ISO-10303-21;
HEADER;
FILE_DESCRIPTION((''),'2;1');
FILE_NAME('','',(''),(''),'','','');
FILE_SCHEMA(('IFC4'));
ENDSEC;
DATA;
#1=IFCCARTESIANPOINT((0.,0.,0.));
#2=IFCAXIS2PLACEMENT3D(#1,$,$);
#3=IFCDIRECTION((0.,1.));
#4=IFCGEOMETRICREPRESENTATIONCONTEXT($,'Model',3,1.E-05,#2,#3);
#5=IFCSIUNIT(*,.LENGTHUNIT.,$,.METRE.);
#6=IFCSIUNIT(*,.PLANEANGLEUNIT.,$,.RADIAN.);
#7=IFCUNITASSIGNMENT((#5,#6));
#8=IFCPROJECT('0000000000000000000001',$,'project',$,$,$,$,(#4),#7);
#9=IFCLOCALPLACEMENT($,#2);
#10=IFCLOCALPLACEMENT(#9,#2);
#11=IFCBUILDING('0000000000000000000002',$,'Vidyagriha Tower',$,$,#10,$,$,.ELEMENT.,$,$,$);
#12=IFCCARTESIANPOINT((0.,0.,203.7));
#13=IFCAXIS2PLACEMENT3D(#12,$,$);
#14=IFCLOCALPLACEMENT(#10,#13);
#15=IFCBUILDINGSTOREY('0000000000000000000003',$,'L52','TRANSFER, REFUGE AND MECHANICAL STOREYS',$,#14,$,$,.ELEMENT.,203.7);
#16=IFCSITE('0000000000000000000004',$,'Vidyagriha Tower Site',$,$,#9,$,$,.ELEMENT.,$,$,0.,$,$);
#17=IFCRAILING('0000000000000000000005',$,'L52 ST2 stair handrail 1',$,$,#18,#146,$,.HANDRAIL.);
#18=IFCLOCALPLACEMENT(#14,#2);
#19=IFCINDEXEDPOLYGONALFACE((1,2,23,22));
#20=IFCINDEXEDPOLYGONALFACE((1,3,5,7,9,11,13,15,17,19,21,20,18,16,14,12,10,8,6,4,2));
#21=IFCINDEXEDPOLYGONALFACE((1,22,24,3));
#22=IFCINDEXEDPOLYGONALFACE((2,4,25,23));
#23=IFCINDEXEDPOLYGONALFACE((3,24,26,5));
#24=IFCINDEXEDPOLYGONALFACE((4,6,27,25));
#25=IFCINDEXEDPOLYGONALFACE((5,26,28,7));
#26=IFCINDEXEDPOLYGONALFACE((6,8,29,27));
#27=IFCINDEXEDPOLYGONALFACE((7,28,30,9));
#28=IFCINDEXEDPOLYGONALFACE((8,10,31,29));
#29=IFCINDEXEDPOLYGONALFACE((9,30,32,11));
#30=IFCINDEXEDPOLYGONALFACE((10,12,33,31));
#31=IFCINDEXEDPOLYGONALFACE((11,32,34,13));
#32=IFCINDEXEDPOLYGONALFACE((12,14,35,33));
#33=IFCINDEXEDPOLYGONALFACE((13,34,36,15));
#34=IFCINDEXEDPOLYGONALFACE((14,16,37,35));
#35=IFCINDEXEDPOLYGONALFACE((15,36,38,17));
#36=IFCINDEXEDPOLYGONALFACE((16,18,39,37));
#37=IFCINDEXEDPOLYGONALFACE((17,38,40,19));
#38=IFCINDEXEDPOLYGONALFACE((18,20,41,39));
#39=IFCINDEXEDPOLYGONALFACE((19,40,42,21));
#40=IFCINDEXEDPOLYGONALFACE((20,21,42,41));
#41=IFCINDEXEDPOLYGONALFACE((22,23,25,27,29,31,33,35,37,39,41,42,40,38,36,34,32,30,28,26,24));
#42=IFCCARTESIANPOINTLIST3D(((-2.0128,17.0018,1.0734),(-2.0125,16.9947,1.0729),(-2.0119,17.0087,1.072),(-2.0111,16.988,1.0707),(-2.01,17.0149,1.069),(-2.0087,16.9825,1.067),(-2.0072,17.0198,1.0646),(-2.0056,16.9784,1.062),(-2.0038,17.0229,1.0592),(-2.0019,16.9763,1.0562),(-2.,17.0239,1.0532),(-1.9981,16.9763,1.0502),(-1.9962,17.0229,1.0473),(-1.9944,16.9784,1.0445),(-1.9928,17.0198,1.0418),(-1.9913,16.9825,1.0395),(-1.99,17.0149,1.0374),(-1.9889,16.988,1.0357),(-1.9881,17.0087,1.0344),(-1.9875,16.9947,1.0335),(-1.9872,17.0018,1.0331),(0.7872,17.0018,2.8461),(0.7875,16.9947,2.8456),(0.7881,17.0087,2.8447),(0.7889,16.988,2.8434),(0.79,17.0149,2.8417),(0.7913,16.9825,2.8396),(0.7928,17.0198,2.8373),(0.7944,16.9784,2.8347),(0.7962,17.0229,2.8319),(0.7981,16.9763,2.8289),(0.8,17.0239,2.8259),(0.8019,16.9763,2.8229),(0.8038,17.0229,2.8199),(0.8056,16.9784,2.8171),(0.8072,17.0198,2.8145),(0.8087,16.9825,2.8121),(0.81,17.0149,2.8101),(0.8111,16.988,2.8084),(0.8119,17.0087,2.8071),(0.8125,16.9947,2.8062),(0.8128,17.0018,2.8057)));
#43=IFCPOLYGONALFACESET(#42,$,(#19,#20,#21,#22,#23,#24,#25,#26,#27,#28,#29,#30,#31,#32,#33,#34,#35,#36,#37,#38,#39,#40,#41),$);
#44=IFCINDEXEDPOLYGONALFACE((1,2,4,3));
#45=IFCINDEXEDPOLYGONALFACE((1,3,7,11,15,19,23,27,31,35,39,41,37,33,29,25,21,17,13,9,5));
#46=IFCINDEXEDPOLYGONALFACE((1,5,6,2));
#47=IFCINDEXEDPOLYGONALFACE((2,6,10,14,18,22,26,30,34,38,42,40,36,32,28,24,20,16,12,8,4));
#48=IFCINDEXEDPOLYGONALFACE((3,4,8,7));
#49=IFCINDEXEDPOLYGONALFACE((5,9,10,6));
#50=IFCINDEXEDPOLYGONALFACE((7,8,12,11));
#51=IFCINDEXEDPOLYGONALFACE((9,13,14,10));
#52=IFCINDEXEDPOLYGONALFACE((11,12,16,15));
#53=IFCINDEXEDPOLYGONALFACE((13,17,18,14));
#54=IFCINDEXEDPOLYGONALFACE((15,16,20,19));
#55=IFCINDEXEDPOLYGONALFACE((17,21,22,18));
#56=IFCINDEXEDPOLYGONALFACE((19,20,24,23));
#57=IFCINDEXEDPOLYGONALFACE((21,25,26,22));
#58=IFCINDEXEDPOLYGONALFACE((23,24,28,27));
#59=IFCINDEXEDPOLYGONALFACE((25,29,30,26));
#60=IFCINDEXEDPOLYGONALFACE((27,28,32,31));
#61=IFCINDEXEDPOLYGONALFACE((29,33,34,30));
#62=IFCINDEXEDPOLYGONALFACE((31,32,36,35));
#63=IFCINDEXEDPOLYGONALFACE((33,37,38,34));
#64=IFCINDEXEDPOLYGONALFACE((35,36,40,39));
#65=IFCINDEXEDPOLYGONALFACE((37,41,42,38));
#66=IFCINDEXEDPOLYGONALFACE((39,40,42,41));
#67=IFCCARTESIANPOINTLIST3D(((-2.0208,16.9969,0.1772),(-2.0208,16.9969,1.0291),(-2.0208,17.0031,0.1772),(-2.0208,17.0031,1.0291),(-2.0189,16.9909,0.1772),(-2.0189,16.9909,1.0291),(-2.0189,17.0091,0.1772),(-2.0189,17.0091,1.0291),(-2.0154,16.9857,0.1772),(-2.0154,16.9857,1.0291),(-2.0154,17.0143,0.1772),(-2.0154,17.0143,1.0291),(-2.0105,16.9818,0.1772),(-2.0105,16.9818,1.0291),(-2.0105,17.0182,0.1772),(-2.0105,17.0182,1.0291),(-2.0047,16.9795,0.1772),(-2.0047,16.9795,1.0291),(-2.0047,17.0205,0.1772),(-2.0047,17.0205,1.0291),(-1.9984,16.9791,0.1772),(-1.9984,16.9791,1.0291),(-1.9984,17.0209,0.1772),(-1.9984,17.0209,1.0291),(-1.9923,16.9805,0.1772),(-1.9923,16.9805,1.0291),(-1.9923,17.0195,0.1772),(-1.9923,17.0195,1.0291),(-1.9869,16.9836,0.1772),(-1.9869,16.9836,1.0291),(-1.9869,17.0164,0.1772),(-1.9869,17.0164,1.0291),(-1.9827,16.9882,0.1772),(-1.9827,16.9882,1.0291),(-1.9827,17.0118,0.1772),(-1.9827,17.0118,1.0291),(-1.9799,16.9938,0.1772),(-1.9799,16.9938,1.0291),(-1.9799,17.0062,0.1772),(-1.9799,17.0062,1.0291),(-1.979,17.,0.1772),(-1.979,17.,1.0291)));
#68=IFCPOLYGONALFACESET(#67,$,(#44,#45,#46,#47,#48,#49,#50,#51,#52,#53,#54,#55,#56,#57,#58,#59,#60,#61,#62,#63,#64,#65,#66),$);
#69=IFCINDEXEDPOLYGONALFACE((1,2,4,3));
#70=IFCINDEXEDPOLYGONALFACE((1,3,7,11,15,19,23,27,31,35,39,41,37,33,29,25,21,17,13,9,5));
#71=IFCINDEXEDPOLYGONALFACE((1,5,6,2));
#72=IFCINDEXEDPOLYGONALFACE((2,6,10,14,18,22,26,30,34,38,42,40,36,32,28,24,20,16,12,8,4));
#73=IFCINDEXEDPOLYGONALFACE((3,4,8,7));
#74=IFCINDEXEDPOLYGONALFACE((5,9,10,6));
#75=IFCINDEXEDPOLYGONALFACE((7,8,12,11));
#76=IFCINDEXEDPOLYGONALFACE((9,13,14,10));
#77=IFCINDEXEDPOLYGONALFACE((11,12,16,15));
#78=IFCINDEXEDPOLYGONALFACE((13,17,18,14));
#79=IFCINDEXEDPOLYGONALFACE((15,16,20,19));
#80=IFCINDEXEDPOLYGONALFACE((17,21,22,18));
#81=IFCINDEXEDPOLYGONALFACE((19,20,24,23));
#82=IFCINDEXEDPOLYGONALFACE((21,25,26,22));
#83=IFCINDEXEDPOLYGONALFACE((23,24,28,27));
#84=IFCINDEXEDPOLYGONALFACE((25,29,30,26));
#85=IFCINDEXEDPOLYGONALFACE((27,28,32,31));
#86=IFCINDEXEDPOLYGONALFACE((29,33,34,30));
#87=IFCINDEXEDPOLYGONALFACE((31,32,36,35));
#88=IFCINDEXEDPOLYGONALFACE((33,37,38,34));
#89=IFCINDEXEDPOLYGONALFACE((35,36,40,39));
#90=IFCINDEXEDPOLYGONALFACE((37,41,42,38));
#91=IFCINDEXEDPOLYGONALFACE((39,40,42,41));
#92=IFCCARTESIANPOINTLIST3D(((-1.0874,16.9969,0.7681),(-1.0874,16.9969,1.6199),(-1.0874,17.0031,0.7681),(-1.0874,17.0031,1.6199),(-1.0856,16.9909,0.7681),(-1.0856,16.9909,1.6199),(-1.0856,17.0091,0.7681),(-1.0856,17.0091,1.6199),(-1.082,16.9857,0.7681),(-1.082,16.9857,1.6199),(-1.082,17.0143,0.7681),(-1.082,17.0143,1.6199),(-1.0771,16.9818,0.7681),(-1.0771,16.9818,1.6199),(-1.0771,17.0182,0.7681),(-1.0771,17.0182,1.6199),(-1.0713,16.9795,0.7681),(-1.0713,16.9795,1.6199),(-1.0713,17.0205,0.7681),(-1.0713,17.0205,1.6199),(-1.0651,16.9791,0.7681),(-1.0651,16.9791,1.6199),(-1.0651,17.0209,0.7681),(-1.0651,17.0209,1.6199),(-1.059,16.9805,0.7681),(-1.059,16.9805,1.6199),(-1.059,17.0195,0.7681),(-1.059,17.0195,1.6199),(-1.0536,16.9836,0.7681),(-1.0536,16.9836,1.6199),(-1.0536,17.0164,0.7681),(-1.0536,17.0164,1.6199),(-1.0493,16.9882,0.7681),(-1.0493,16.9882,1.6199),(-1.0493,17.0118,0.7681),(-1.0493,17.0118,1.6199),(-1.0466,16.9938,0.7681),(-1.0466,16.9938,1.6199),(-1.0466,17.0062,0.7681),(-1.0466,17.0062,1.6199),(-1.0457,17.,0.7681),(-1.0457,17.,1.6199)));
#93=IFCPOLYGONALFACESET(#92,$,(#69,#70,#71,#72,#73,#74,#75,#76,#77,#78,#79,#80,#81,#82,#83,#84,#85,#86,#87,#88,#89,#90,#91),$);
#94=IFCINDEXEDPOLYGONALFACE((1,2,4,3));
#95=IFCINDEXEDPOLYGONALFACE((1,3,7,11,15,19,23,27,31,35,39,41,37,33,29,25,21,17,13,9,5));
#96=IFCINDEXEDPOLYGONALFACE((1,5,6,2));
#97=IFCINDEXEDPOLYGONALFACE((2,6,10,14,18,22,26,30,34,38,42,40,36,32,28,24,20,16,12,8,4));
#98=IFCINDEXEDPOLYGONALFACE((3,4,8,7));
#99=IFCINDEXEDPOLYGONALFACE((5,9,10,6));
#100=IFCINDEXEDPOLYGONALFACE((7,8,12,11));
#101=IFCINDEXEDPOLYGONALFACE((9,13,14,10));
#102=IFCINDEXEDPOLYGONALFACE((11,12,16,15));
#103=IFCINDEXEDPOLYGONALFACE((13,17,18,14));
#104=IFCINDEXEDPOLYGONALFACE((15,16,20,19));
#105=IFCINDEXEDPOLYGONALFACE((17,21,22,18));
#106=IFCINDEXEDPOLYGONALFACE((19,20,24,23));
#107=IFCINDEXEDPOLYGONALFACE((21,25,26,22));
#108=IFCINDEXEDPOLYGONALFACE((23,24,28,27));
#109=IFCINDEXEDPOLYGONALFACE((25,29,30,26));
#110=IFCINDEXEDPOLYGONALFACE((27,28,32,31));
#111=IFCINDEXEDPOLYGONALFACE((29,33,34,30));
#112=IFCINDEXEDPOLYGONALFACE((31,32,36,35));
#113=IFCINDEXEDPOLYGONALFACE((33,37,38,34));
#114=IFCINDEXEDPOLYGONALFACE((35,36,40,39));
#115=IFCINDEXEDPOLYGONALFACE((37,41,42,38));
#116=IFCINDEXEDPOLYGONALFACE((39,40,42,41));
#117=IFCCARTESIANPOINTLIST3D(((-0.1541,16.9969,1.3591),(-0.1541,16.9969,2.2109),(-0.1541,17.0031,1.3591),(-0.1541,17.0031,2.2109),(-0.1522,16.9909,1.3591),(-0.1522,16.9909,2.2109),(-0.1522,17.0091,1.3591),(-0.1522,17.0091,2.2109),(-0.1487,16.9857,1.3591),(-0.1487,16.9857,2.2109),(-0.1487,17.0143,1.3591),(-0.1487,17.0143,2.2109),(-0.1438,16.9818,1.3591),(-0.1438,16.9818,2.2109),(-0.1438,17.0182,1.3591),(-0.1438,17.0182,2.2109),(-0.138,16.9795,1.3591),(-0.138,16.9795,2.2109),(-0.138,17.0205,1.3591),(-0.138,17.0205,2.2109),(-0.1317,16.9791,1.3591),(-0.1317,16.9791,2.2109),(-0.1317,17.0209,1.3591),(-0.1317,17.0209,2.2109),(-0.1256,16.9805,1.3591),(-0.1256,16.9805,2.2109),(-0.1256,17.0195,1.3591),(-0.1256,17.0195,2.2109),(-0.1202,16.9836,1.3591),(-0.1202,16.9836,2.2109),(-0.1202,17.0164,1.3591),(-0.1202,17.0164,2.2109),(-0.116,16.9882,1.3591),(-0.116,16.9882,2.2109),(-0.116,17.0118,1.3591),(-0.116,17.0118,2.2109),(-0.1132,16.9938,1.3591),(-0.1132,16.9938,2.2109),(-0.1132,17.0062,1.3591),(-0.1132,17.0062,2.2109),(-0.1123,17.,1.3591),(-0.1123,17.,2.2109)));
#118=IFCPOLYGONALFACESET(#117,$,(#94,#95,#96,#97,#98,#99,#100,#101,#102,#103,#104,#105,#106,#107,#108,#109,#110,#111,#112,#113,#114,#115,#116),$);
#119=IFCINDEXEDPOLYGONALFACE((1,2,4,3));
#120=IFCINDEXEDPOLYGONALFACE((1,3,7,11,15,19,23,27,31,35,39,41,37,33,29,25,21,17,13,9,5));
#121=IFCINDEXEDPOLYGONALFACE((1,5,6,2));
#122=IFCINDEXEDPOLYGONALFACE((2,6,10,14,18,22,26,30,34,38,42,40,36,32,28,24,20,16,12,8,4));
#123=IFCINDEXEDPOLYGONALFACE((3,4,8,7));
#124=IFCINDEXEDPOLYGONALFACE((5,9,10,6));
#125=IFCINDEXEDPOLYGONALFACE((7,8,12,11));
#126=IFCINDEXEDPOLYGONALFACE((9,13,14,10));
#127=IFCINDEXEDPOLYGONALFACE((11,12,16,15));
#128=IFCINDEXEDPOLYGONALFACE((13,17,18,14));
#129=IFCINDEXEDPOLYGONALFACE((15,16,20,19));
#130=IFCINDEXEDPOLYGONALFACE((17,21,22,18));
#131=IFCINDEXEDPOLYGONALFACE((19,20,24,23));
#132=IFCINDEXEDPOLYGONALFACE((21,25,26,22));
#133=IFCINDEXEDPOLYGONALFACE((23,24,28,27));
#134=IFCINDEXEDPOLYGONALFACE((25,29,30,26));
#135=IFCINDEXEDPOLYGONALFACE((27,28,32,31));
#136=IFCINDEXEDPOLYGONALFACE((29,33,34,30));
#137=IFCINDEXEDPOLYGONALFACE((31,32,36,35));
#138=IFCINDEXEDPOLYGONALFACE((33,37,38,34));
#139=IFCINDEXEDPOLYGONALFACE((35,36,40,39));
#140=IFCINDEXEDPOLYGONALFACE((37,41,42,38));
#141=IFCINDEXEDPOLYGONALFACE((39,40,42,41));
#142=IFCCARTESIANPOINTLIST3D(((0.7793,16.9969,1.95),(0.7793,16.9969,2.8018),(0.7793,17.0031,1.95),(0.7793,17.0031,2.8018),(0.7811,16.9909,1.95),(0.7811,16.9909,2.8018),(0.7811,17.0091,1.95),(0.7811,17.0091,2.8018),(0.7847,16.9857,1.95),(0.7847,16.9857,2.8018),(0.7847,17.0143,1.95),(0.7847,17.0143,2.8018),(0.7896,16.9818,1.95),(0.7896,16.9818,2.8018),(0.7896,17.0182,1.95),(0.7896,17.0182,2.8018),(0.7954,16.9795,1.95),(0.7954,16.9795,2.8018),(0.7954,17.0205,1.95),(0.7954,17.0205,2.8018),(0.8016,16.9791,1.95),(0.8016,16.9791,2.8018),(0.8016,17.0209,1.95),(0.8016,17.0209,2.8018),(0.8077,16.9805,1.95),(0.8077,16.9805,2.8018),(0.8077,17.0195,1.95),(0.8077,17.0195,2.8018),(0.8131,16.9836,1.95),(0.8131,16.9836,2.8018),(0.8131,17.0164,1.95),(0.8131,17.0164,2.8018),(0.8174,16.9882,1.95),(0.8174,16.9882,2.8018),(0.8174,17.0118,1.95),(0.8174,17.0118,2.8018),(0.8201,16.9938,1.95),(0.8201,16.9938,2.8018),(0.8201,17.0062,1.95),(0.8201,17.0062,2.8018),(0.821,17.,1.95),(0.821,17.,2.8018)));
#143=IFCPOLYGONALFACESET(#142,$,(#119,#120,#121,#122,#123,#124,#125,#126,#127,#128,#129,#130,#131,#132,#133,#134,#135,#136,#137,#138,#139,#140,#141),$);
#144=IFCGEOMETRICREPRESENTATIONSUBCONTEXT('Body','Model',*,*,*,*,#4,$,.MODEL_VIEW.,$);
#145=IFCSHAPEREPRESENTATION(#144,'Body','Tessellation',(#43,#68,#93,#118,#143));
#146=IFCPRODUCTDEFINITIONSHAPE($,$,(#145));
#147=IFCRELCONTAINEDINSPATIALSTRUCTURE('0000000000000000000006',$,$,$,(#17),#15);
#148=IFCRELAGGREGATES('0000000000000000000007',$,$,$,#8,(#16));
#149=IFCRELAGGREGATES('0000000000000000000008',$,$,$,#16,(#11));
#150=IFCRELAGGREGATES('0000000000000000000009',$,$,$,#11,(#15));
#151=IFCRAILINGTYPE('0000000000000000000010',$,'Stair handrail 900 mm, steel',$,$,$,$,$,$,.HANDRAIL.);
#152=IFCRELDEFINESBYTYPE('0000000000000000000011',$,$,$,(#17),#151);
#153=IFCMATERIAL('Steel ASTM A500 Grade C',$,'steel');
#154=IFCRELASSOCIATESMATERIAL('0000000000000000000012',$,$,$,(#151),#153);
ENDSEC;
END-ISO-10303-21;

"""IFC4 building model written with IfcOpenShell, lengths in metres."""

from ifc_helpers import new_model, si_unit, direction, frame, origin, origin_2d, place, context, subcontext, project, spatial, circle, extrude, material, type_object, element, save


model = new_model("IFC4")

# Units and contexts
model_context = context("Model", 3, precision=1e-05, world=origin(), true_north=direction((0.0, 1.0)))
body_context = subcontext(model_context, "Body", "Model", "MODEL_VIEW")
ifc_project = project(units=[si_unit("LENGTHUNIT", "METRE"), si_unit("PLANEANGLEUNIT", "RADIAN")], contexts=[model_context])

# Site, building, storey
site_placement = place(None, origin())
site = spatial("IfcSite", under=ifc_project, at=site_placement, Name="Vidyagriha Tower Site", CompositionType="ELEMENT", RefElevation=0.0)
building_placement = place(site_placement, origin())
building = spatial("IfcBuilding", under=site, at=building_placement, Name="Vidyagriha Tower", CompositionType="ELEMENT")
storey_placement = place(building_placement, frame((0.0, 0.0, 203.7)))
storey = spatial("IfcBuildingStorey", under=building, at=storey_placement, Name="L52", Description="TRANSFER, REFUGE AND MECHANICAL STOREYS", CompositionType="ELEMENT", Elevation=203.7)

# Railing
ifc_material_1 = material(Name="Steel ASTM A500 Grade C", Category="steel")
railing_type_1 = type_object("IfcRailingType", Name="Stair handrail 900 mm, steel", PredefinedType="HANDRAIL", material=ifc_material_1)
railing_1_placement = place(storey_placement, frame((-2.0, 17.0, 0.1772)))
element("IfcRailing", 1, at=railing_1_placement, inside=storey, type_object=railing_type_1, Name="L52 ST2 stair handrail 1", PredefinedType="HANDRAIL", context=body_context, shape_type="SweptSolid", body=[
    extrude(circle(Radius=0.0239, at=origin_2d()), frame((0.0, 0.0, 0.876), z_axis=(0.844909, 0.0, 0.53491), x_axis=(0.0, 1.0, 0.0)), (0.0, 0.0, 1.0), 3.314),
    extrude(circle(Radius=0.021, at=origin_2d()), origin(), (0.0, 0.0, 1.0), 0.8518),
    extrude(circle(Radius=0.021, at=origin_2d()), frame((0.9333, 0.0, 0.5908)), (0.0, 0.0, 1.0), 0.8518),
    extrude(circle(Radius=0.021, at=origin_2d()), frame((1.8667, 0.0, 1.1819)), (0.0, 0.0, 1.0), 0.8518),
    extrude(circle(Radius=0.021, at=origin_2d()), frame((2.8, 0.0, 1.7727)), (0.0, 0.0, 1.0), 0.8518),
])

save(model, "model.ifc")
